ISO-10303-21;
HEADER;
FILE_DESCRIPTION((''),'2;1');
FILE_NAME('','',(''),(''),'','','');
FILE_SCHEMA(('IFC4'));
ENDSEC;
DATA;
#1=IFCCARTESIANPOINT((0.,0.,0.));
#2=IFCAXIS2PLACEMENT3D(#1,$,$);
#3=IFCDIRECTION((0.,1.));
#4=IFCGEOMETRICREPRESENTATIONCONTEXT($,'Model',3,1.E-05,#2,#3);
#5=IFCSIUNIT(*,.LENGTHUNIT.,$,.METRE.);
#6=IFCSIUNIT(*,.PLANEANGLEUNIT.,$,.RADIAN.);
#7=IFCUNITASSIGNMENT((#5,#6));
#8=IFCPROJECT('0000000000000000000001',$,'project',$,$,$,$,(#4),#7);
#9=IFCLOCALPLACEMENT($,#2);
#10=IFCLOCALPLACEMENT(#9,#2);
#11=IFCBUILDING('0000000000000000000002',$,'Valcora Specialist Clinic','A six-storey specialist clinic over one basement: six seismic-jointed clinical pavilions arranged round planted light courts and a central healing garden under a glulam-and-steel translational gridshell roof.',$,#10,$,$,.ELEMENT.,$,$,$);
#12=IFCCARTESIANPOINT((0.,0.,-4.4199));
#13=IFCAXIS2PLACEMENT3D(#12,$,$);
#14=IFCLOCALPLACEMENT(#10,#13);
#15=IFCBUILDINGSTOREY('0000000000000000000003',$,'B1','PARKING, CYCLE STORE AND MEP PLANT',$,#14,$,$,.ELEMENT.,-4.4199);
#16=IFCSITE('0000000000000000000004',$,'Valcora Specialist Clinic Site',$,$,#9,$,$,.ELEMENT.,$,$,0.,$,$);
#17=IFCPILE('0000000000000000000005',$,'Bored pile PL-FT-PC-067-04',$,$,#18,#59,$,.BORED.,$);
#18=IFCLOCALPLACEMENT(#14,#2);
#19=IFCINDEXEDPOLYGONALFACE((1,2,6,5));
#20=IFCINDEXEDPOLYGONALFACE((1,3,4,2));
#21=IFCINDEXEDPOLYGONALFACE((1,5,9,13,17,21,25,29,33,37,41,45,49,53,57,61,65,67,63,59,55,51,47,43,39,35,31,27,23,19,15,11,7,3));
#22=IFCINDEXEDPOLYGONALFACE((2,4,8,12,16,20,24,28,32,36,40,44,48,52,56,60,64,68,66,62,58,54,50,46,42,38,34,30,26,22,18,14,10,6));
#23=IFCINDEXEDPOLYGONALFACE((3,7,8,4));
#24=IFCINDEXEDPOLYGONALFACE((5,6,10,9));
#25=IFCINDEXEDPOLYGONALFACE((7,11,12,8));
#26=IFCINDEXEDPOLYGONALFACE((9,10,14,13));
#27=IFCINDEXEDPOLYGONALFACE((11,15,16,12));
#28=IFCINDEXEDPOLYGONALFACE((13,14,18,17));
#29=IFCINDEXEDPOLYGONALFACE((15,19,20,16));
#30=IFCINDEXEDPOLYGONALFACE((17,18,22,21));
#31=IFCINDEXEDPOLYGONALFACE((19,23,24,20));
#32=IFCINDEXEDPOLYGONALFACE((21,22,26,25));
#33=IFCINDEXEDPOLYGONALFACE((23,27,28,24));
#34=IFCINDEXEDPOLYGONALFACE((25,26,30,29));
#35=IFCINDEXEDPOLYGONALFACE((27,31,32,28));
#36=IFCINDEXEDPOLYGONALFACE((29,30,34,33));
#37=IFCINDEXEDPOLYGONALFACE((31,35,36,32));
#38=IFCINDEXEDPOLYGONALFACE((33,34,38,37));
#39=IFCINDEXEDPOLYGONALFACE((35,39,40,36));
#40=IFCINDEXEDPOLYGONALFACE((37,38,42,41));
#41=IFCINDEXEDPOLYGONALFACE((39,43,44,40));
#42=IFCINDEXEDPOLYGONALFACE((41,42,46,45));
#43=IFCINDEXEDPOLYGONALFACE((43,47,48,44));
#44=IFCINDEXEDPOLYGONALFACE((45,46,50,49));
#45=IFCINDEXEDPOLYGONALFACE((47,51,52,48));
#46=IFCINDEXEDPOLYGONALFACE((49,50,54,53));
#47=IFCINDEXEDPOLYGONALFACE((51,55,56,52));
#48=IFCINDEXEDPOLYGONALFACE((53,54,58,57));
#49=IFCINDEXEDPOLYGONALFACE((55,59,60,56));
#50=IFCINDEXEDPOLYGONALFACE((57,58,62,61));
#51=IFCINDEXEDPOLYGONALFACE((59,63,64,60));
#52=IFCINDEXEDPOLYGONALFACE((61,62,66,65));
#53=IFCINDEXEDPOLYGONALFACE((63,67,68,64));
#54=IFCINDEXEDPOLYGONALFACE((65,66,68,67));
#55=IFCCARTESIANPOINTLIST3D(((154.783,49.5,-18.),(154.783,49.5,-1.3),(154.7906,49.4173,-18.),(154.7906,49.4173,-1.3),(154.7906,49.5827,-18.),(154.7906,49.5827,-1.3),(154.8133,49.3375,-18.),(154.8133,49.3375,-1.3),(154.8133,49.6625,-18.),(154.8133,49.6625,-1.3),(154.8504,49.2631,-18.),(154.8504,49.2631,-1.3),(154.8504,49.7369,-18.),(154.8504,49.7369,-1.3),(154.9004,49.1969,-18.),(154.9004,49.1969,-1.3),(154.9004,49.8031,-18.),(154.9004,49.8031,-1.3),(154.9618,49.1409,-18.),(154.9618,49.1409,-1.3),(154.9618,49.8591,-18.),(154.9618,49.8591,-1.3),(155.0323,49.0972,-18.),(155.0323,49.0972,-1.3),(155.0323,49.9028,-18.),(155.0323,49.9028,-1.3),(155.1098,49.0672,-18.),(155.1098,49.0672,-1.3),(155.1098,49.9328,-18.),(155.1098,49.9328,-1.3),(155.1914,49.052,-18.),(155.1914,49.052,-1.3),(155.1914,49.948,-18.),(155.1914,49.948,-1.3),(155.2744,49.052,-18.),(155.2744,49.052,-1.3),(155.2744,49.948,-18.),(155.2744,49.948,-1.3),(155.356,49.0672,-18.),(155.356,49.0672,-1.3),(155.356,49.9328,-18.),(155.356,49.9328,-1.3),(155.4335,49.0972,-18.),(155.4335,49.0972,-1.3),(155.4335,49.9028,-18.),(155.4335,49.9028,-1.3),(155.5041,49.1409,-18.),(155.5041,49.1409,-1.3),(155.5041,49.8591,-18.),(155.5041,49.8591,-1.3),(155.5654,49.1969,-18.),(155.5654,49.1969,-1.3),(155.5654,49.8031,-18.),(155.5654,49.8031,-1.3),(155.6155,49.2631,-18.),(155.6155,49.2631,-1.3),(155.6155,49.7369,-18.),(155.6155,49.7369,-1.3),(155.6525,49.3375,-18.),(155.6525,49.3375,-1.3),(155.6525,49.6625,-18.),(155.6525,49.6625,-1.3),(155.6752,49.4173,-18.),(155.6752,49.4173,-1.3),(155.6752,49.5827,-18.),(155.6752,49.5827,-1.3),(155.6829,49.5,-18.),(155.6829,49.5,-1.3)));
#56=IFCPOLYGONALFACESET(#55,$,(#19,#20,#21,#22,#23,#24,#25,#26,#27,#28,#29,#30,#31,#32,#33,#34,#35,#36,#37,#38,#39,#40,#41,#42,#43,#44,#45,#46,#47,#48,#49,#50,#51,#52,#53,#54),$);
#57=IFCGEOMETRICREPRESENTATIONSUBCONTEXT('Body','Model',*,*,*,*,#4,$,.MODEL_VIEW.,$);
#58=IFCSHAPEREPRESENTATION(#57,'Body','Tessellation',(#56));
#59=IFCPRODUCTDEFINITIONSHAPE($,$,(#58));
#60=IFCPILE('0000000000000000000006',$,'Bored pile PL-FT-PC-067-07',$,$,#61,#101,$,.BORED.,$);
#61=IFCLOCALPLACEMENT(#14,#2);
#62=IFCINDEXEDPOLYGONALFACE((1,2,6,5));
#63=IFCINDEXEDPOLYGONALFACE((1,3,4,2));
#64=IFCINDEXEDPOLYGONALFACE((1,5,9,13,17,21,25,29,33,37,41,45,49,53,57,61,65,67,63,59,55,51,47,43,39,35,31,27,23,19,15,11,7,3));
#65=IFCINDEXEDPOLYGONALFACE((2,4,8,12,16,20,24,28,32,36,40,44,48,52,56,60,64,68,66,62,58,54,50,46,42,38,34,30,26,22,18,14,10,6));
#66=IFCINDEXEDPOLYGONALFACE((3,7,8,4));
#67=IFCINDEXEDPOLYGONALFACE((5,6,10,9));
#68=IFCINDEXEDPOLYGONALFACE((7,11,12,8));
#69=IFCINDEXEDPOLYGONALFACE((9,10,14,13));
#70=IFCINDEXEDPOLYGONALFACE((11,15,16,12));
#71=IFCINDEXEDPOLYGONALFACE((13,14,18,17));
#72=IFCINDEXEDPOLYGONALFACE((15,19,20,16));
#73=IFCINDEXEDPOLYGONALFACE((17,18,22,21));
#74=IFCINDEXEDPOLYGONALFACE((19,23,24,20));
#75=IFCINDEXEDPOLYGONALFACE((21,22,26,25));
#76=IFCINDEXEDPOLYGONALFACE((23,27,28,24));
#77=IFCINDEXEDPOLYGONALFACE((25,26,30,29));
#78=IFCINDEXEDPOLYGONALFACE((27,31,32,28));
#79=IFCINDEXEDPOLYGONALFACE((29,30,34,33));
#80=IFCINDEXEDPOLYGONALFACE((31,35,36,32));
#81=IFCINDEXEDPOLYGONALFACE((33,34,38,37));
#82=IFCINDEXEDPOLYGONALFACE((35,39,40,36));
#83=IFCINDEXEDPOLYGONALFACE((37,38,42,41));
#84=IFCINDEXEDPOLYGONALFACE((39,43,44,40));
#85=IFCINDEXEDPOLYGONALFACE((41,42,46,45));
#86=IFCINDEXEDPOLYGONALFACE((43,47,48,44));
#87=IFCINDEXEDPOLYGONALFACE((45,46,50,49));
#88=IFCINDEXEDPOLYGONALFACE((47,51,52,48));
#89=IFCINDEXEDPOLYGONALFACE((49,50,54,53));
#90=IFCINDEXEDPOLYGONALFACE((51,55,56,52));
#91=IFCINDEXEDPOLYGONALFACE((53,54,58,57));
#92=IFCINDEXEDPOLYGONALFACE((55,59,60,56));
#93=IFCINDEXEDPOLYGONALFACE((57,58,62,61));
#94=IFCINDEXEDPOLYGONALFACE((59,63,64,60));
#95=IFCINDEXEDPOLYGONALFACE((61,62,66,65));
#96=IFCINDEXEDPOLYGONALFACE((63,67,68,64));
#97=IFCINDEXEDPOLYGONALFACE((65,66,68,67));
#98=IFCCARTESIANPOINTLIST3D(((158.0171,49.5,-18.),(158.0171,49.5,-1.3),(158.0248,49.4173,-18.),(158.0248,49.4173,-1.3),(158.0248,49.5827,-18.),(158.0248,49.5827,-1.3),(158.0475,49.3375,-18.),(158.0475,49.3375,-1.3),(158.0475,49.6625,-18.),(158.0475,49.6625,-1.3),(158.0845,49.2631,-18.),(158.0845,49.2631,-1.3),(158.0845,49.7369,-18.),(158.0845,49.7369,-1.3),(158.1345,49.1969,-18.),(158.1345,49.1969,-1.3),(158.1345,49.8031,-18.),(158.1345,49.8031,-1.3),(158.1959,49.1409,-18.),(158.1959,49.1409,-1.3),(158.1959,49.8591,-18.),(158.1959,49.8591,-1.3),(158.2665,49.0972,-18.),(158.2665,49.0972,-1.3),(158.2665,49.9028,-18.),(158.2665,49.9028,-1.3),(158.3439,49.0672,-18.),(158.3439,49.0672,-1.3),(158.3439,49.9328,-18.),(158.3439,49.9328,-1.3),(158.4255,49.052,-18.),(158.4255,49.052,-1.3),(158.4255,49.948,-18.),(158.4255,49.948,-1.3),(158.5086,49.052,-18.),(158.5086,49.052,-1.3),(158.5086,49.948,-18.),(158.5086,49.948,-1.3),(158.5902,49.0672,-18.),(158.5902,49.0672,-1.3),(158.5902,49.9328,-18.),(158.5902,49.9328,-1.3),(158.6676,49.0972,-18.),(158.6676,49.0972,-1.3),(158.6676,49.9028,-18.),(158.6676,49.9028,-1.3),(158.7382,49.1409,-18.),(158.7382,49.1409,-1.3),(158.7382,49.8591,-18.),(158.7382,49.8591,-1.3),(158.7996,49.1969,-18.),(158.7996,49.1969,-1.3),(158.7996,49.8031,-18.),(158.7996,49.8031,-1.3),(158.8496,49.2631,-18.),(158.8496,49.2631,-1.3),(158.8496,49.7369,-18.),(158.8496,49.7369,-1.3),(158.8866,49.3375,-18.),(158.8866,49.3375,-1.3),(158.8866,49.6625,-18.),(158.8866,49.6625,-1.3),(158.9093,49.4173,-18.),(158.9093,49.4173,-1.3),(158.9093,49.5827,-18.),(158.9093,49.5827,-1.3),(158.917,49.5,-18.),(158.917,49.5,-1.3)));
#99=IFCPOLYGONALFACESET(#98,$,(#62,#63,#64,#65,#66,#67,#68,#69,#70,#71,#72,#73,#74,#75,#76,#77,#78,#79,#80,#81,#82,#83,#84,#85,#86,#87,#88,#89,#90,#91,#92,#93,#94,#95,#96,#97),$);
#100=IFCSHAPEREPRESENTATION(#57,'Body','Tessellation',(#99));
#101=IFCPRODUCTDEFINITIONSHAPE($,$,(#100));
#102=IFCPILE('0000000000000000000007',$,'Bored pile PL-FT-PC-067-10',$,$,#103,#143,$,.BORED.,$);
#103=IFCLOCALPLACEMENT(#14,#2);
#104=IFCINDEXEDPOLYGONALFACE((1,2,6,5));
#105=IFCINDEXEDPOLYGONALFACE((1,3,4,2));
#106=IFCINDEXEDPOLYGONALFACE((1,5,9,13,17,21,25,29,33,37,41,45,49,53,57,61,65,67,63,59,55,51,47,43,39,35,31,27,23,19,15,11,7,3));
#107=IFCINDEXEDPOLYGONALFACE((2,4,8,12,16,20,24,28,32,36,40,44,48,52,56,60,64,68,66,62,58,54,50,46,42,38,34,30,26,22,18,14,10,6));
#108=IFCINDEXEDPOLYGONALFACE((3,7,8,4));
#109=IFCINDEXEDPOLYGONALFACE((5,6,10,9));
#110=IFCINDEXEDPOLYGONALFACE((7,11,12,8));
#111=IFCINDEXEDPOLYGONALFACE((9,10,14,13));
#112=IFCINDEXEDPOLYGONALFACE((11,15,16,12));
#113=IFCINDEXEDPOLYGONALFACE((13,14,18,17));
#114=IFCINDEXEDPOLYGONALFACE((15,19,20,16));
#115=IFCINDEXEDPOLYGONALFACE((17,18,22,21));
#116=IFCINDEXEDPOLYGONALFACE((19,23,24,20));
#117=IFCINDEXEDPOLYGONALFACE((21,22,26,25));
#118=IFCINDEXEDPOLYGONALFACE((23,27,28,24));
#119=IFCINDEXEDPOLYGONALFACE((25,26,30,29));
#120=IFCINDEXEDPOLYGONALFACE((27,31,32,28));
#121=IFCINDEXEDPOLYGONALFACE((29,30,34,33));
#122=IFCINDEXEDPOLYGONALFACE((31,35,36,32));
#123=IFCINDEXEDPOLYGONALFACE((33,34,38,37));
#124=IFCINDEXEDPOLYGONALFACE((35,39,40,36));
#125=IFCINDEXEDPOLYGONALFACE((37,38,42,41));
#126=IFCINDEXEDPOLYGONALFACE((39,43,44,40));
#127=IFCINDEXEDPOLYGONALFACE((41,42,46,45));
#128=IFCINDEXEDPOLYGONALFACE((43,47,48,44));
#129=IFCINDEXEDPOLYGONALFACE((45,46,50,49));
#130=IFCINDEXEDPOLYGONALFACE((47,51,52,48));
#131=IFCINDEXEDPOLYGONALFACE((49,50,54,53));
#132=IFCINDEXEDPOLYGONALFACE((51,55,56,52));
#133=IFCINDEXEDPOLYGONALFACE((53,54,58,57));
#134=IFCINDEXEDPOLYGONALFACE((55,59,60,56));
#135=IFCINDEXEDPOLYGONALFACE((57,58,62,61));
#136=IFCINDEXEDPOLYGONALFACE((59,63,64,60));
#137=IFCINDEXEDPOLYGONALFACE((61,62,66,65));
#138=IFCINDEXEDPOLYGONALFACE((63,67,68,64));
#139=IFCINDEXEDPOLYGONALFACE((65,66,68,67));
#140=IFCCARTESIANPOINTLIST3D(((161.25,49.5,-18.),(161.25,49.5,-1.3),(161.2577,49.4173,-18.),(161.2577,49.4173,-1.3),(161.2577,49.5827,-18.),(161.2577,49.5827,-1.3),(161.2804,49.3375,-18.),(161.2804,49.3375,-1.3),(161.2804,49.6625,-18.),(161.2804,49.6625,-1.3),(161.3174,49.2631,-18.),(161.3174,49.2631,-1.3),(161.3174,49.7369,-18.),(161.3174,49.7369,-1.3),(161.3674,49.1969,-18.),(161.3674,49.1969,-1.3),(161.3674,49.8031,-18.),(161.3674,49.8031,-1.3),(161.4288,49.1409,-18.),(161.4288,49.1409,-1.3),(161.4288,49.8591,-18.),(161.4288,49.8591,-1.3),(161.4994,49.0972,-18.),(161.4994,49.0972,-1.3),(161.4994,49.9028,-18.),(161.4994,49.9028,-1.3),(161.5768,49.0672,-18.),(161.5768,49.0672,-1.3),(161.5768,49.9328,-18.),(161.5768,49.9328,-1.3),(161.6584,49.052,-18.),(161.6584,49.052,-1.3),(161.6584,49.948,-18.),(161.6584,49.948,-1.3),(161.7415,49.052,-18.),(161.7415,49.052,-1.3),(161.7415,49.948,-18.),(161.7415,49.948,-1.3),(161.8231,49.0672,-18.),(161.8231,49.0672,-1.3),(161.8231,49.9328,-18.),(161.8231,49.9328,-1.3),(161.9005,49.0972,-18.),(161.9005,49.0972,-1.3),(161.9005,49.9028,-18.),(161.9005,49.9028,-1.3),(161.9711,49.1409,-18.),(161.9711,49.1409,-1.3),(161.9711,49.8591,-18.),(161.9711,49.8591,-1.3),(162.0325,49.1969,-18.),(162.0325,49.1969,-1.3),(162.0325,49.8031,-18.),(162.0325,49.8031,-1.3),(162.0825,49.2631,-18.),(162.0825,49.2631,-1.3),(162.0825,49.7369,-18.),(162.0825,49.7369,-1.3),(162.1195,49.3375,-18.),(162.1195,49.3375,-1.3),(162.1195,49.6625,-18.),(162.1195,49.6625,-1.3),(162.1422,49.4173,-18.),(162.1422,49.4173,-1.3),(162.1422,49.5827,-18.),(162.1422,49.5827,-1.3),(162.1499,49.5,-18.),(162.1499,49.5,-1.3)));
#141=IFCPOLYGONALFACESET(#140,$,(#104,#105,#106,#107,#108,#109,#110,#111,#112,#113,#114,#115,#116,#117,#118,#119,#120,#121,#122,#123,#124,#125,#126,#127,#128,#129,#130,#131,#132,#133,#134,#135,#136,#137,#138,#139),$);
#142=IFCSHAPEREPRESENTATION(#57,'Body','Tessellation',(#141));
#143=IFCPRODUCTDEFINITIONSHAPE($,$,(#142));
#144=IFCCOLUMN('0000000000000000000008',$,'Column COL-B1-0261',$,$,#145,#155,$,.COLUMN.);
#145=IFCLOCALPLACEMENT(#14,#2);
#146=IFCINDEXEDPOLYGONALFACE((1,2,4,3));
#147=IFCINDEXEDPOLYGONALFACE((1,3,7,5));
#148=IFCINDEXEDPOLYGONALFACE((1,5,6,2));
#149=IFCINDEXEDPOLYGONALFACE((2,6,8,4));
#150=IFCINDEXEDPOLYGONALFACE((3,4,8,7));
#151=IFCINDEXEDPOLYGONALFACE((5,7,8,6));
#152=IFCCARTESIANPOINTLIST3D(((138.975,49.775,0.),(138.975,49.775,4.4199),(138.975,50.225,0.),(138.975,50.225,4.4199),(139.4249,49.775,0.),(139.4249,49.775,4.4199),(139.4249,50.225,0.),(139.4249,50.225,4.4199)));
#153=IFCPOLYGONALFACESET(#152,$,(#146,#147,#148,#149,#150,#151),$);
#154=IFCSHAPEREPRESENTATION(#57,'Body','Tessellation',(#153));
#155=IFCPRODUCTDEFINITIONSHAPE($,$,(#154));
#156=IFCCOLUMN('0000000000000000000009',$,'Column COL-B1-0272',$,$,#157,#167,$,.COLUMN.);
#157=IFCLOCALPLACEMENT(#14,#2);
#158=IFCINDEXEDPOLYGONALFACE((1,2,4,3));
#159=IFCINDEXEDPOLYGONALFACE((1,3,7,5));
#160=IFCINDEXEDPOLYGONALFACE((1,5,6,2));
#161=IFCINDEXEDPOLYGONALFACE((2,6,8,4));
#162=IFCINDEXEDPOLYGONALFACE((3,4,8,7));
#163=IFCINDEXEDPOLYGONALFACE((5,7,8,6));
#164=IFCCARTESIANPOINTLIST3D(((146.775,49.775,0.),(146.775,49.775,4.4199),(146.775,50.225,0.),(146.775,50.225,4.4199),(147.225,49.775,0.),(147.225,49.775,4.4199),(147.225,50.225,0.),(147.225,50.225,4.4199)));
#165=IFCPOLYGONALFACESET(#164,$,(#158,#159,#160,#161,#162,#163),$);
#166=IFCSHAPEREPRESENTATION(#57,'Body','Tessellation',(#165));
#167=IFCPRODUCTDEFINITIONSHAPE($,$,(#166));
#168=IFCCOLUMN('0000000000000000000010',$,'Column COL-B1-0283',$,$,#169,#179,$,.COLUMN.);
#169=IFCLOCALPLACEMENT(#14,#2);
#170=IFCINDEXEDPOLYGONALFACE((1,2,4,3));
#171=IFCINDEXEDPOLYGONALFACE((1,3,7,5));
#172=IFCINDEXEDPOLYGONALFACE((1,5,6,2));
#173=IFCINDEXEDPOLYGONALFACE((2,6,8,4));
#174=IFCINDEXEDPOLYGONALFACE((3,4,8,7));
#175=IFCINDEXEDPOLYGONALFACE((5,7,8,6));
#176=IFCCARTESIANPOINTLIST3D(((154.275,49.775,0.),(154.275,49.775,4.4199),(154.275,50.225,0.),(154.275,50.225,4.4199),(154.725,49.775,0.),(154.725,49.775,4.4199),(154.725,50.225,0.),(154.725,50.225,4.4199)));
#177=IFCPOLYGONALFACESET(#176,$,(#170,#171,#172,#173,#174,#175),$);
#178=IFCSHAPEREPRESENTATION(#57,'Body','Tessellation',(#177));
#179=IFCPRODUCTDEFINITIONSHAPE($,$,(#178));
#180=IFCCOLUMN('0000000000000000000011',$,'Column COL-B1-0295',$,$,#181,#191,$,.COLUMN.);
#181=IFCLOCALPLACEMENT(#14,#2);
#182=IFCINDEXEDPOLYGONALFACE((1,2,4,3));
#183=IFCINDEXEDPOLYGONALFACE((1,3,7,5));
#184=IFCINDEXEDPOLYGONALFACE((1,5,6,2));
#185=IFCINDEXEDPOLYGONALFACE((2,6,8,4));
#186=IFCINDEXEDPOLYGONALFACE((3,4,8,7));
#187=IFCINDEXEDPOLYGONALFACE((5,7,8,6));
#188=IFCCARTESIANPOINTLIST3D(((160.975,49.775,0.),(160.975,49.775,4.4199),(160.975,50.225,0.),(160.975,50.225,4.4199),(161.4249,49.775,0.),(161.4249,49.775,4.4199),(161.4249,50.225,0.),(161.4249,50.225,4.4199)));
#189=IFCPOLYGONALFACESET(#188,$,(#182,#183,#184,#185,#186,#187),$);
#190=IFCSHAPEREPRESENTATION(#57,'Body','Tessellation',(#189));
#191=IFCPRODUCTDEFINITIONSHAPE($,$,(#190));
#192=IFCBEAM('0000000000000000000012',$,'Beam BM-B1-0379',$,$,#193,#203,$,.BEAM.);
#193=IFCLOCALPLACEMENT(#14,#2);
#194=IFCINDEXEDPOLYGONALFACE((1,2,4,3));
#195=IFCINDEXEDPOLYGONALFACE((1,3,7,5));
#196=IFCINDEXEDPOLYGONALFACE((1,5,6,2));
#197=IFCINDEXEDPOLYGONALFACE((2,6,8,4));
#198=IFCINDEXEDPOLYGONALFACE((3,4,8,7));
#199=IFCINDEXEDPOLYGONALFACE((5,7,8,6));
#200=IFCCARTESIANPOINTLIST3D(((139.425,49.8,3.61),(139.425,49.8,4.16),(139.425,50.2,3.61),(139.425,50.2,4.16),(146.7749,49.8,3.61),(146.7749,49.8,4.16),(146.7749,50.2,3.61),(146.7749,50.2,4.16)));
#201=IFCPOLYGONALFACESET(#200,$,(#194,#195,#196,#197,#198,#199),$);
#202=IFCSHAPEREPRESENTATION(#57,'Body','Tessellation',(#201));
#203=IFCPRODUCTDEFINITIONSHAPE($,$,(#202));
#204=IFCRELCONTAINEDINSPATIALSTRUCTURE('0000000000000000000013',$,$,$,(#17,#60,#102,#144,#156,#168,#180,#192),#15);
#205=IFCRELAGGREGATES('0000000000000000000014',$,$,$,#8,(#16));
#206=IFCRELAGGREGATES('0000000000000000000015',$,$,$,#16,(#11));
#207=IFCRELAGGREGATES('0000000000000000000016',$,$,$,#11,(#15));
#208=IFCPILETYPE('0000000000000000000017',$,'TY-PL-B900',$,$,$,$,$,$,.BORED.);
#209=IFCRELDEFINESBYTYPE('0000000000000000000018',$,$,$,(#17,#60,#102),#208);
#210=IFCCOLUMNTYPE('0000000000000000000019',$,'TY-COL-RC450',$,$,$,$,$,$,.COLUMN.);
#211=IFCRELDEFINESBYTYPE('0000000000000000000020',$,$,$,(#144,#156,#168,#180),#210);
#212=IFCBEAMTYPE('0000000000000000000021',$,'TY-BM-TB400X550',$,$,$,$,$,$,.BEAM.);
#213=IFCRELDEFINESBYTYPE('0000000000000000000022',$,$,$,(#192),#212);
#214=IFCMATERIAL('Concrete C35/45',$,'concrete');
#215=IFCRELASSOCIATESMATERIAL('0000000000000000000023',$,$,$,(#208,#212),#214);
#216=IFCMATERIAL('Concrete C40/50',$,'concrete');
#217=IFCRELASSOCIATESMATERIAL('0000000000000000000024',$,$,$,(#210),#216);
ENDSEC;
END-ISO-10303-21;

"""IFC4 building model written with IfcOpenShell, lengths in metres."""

from ifc_helpers import new_model, si_unit, direction, frame, origin, origin_2d, place, context, subcontext, project, spatial, rectangle, circle, extrude, material, material_profile, profile_set, type_object, element, save


model = new_model("IFC4")

# Units and contexts
model_context = context("Model", 3, precision=1e-05, world=origin(), true_north=direction((0.0, 1.0)))
body_context = subcontext(model_context, "Body", "Model", "MODEL_VIEW")
ifc_project = project(units=[si_unit("LENGTHUNIT", "METRE"), si_unit("PLANEANGLEUNIT", "RADIAN")], contexts=[model_context])

# Site, building, storey
site_placement = place(None, origin())
site = spatial("IfcSite", under=ifc_project, at=site_placement, Name="Valcora Specialist Clinic Site", CompositionType="ELEMENT", RefElevation=0.0)
building_placement = place(site_placement, origin())
building = spatial("IfcBuilding", under=site, at=building_placement, Name="Valcora Specialist Clinic", Description="A six-storey specialist clinic over one basement: six seismic-jointed clinical pavilions arranged round planted light courts and a central healing garden under a glulam-and-steel translational gridshell roof.", CompositionType="ELEMENT")
storey_placement = place(building_placement, frame((0.0, 0.0, -4.4199)))
storey = spatial("IfcBuildingStorey", under=building, at=storey_placement, Name="B1", Description="PARKING, CYCLE STORE AND MEP PLANT", CompositionType="ELEMENT", Elevation=-4.4199)

# Shared definitions
ifc_material_1 = material(Name="Concrete C35/45", Category="concrete")

# Piles
ifc_material_profile_1 = material_profile(ifc_material_1, circle(Radius=0.45, at=origin_2d()), Name="RC-PIL-D900")
ifc_profile_set_1 = profile_set([ifc_material_profile_1], Name="Concrete C35/45")
pile_type_1 = type_object("IfcPileType", Name="TY-PL-B900", PredefinedType="BORED", material=ifc_profile_set_1)
for number, where, z_axis, x_axis, name in (
    (1, (155.2329, 49.5, -1.3), (0.0, 0.0, -1.0), (1.0, 0.0, 0.0), "Bored pile PL-FT-PC-067-04"),
    (2, (158.467, 49.5, -1.3), (0.0, 0.0, -1.0), (1.0, 0.0, 0.0), "Bored pile PL-FT-PC-067-07"),
    (3, (161.7, 49.5, -1.3), (0.0, 0.0, -1.0), (1.0, 0.0, 0.0), "Bored pile PL-FT-PC-067-10"),
):
    element("IfcPile", number, at=place(storey_placement, frame(where, z_axis=z_axis, x_axis=x_axis)), inside=storey, type_object=pile_type_1, Name=name, PredefinedType="BORED", context=body_context, shape_type="SweptSolid", body=[
        extrude(circle(Radius=0.45, at=origin_2d()), origin(), (0.0, 0.0, 1.0), 16.7),
    ])

# Columns
ifc_material_2 = material(Name="Concrete C40/50", Category="concrete")
ifc_material_profile_2 = material_profile(ifc_material_2, rectangle(XDim=0.45, YDim=0.45, at=origin_2d()), Name="RC-COL-450X450")
ifc_profile_set_2 = profile_set([ifc_material_profile_2], Name="Concrete C40/50")
column_type = type_object("IfcColumnType", Name="TY-COL-RC450", PredefinedType="COLUMN", material=ifc_profile_set_2)
for number, where, z_axis, x_axis, name in (
    (4, (139.2, 50.0, 0.0), (0.0, 0.0, 1.0), (1.0, 0.0, 0.0), "Column COL-B1-0261"),
    (5, (147.0, 50.0, 0.0), (0.0, 0.0, 1.0), (1.0, 0.0, 0.0), "Column COL-B1-0272"),
    (6, (154.5, 50.0, 0.0), (0.0, 0.0, 1.0), (1.0, 0.0, 0.0), "Column COL-B1-0283"),
    (7, (161.2, 50.0, 0.0), (0.0, 0.0, 1.0), (1.0, 0.0, 0.0), "Column COL-B1-0295"),
):
    element("IfcColumn", number, at=place(storey_placement, frame(where, z_axis=z_axis, x_axis=x_axis)), inside=storey, type_object=column_type, Name=name, PredefinedType="COLUMN", context=body_context, shape_type="SweptSolid", body=[
        extrude(rectangle(XDim=0.45, YDim=0.45, at=origin_2d()), origin(), (0.0, 0.0, 1.0), 4.4199),
    ])

# Beam
ifc_material_profile_3 = material_profile(ifc_material_1, rectangle(XDim=0.3999, YDim=0.55, at=origin_2d()), Name="RC-TB-400X550")
ifc_profile_set_3 = profile_set([ifc_material_profile_3], Name="Concrete C35/45")
beam_type = type_object("IfcBeamType", Name="TY-BM-TB400X550", PredefinedType="BEAM", material=ifc_profile_set_3)
beam_1_placement = place(storey_placement, frame((139.425, 50.0, 3.885), z_axis=(1.0, 0.0, 0.0), x_axis=(0.0, 1.0, 0.0)))
element("IfcBeam", 8, at=beam_1_placement, inside=storey, type_object=beam_type, Name="Beam BM-B1-0379", PredefinedType="BEAM", context=body_context, shape_type="SweptSolid", body=[
    extrude(rectangle(XDim=0.3999, YDim=0.55, at=origin_2d()), origin(), (0.0, 0.0, 1.0), 7.3499),
])

save(model, "model.ifc")
